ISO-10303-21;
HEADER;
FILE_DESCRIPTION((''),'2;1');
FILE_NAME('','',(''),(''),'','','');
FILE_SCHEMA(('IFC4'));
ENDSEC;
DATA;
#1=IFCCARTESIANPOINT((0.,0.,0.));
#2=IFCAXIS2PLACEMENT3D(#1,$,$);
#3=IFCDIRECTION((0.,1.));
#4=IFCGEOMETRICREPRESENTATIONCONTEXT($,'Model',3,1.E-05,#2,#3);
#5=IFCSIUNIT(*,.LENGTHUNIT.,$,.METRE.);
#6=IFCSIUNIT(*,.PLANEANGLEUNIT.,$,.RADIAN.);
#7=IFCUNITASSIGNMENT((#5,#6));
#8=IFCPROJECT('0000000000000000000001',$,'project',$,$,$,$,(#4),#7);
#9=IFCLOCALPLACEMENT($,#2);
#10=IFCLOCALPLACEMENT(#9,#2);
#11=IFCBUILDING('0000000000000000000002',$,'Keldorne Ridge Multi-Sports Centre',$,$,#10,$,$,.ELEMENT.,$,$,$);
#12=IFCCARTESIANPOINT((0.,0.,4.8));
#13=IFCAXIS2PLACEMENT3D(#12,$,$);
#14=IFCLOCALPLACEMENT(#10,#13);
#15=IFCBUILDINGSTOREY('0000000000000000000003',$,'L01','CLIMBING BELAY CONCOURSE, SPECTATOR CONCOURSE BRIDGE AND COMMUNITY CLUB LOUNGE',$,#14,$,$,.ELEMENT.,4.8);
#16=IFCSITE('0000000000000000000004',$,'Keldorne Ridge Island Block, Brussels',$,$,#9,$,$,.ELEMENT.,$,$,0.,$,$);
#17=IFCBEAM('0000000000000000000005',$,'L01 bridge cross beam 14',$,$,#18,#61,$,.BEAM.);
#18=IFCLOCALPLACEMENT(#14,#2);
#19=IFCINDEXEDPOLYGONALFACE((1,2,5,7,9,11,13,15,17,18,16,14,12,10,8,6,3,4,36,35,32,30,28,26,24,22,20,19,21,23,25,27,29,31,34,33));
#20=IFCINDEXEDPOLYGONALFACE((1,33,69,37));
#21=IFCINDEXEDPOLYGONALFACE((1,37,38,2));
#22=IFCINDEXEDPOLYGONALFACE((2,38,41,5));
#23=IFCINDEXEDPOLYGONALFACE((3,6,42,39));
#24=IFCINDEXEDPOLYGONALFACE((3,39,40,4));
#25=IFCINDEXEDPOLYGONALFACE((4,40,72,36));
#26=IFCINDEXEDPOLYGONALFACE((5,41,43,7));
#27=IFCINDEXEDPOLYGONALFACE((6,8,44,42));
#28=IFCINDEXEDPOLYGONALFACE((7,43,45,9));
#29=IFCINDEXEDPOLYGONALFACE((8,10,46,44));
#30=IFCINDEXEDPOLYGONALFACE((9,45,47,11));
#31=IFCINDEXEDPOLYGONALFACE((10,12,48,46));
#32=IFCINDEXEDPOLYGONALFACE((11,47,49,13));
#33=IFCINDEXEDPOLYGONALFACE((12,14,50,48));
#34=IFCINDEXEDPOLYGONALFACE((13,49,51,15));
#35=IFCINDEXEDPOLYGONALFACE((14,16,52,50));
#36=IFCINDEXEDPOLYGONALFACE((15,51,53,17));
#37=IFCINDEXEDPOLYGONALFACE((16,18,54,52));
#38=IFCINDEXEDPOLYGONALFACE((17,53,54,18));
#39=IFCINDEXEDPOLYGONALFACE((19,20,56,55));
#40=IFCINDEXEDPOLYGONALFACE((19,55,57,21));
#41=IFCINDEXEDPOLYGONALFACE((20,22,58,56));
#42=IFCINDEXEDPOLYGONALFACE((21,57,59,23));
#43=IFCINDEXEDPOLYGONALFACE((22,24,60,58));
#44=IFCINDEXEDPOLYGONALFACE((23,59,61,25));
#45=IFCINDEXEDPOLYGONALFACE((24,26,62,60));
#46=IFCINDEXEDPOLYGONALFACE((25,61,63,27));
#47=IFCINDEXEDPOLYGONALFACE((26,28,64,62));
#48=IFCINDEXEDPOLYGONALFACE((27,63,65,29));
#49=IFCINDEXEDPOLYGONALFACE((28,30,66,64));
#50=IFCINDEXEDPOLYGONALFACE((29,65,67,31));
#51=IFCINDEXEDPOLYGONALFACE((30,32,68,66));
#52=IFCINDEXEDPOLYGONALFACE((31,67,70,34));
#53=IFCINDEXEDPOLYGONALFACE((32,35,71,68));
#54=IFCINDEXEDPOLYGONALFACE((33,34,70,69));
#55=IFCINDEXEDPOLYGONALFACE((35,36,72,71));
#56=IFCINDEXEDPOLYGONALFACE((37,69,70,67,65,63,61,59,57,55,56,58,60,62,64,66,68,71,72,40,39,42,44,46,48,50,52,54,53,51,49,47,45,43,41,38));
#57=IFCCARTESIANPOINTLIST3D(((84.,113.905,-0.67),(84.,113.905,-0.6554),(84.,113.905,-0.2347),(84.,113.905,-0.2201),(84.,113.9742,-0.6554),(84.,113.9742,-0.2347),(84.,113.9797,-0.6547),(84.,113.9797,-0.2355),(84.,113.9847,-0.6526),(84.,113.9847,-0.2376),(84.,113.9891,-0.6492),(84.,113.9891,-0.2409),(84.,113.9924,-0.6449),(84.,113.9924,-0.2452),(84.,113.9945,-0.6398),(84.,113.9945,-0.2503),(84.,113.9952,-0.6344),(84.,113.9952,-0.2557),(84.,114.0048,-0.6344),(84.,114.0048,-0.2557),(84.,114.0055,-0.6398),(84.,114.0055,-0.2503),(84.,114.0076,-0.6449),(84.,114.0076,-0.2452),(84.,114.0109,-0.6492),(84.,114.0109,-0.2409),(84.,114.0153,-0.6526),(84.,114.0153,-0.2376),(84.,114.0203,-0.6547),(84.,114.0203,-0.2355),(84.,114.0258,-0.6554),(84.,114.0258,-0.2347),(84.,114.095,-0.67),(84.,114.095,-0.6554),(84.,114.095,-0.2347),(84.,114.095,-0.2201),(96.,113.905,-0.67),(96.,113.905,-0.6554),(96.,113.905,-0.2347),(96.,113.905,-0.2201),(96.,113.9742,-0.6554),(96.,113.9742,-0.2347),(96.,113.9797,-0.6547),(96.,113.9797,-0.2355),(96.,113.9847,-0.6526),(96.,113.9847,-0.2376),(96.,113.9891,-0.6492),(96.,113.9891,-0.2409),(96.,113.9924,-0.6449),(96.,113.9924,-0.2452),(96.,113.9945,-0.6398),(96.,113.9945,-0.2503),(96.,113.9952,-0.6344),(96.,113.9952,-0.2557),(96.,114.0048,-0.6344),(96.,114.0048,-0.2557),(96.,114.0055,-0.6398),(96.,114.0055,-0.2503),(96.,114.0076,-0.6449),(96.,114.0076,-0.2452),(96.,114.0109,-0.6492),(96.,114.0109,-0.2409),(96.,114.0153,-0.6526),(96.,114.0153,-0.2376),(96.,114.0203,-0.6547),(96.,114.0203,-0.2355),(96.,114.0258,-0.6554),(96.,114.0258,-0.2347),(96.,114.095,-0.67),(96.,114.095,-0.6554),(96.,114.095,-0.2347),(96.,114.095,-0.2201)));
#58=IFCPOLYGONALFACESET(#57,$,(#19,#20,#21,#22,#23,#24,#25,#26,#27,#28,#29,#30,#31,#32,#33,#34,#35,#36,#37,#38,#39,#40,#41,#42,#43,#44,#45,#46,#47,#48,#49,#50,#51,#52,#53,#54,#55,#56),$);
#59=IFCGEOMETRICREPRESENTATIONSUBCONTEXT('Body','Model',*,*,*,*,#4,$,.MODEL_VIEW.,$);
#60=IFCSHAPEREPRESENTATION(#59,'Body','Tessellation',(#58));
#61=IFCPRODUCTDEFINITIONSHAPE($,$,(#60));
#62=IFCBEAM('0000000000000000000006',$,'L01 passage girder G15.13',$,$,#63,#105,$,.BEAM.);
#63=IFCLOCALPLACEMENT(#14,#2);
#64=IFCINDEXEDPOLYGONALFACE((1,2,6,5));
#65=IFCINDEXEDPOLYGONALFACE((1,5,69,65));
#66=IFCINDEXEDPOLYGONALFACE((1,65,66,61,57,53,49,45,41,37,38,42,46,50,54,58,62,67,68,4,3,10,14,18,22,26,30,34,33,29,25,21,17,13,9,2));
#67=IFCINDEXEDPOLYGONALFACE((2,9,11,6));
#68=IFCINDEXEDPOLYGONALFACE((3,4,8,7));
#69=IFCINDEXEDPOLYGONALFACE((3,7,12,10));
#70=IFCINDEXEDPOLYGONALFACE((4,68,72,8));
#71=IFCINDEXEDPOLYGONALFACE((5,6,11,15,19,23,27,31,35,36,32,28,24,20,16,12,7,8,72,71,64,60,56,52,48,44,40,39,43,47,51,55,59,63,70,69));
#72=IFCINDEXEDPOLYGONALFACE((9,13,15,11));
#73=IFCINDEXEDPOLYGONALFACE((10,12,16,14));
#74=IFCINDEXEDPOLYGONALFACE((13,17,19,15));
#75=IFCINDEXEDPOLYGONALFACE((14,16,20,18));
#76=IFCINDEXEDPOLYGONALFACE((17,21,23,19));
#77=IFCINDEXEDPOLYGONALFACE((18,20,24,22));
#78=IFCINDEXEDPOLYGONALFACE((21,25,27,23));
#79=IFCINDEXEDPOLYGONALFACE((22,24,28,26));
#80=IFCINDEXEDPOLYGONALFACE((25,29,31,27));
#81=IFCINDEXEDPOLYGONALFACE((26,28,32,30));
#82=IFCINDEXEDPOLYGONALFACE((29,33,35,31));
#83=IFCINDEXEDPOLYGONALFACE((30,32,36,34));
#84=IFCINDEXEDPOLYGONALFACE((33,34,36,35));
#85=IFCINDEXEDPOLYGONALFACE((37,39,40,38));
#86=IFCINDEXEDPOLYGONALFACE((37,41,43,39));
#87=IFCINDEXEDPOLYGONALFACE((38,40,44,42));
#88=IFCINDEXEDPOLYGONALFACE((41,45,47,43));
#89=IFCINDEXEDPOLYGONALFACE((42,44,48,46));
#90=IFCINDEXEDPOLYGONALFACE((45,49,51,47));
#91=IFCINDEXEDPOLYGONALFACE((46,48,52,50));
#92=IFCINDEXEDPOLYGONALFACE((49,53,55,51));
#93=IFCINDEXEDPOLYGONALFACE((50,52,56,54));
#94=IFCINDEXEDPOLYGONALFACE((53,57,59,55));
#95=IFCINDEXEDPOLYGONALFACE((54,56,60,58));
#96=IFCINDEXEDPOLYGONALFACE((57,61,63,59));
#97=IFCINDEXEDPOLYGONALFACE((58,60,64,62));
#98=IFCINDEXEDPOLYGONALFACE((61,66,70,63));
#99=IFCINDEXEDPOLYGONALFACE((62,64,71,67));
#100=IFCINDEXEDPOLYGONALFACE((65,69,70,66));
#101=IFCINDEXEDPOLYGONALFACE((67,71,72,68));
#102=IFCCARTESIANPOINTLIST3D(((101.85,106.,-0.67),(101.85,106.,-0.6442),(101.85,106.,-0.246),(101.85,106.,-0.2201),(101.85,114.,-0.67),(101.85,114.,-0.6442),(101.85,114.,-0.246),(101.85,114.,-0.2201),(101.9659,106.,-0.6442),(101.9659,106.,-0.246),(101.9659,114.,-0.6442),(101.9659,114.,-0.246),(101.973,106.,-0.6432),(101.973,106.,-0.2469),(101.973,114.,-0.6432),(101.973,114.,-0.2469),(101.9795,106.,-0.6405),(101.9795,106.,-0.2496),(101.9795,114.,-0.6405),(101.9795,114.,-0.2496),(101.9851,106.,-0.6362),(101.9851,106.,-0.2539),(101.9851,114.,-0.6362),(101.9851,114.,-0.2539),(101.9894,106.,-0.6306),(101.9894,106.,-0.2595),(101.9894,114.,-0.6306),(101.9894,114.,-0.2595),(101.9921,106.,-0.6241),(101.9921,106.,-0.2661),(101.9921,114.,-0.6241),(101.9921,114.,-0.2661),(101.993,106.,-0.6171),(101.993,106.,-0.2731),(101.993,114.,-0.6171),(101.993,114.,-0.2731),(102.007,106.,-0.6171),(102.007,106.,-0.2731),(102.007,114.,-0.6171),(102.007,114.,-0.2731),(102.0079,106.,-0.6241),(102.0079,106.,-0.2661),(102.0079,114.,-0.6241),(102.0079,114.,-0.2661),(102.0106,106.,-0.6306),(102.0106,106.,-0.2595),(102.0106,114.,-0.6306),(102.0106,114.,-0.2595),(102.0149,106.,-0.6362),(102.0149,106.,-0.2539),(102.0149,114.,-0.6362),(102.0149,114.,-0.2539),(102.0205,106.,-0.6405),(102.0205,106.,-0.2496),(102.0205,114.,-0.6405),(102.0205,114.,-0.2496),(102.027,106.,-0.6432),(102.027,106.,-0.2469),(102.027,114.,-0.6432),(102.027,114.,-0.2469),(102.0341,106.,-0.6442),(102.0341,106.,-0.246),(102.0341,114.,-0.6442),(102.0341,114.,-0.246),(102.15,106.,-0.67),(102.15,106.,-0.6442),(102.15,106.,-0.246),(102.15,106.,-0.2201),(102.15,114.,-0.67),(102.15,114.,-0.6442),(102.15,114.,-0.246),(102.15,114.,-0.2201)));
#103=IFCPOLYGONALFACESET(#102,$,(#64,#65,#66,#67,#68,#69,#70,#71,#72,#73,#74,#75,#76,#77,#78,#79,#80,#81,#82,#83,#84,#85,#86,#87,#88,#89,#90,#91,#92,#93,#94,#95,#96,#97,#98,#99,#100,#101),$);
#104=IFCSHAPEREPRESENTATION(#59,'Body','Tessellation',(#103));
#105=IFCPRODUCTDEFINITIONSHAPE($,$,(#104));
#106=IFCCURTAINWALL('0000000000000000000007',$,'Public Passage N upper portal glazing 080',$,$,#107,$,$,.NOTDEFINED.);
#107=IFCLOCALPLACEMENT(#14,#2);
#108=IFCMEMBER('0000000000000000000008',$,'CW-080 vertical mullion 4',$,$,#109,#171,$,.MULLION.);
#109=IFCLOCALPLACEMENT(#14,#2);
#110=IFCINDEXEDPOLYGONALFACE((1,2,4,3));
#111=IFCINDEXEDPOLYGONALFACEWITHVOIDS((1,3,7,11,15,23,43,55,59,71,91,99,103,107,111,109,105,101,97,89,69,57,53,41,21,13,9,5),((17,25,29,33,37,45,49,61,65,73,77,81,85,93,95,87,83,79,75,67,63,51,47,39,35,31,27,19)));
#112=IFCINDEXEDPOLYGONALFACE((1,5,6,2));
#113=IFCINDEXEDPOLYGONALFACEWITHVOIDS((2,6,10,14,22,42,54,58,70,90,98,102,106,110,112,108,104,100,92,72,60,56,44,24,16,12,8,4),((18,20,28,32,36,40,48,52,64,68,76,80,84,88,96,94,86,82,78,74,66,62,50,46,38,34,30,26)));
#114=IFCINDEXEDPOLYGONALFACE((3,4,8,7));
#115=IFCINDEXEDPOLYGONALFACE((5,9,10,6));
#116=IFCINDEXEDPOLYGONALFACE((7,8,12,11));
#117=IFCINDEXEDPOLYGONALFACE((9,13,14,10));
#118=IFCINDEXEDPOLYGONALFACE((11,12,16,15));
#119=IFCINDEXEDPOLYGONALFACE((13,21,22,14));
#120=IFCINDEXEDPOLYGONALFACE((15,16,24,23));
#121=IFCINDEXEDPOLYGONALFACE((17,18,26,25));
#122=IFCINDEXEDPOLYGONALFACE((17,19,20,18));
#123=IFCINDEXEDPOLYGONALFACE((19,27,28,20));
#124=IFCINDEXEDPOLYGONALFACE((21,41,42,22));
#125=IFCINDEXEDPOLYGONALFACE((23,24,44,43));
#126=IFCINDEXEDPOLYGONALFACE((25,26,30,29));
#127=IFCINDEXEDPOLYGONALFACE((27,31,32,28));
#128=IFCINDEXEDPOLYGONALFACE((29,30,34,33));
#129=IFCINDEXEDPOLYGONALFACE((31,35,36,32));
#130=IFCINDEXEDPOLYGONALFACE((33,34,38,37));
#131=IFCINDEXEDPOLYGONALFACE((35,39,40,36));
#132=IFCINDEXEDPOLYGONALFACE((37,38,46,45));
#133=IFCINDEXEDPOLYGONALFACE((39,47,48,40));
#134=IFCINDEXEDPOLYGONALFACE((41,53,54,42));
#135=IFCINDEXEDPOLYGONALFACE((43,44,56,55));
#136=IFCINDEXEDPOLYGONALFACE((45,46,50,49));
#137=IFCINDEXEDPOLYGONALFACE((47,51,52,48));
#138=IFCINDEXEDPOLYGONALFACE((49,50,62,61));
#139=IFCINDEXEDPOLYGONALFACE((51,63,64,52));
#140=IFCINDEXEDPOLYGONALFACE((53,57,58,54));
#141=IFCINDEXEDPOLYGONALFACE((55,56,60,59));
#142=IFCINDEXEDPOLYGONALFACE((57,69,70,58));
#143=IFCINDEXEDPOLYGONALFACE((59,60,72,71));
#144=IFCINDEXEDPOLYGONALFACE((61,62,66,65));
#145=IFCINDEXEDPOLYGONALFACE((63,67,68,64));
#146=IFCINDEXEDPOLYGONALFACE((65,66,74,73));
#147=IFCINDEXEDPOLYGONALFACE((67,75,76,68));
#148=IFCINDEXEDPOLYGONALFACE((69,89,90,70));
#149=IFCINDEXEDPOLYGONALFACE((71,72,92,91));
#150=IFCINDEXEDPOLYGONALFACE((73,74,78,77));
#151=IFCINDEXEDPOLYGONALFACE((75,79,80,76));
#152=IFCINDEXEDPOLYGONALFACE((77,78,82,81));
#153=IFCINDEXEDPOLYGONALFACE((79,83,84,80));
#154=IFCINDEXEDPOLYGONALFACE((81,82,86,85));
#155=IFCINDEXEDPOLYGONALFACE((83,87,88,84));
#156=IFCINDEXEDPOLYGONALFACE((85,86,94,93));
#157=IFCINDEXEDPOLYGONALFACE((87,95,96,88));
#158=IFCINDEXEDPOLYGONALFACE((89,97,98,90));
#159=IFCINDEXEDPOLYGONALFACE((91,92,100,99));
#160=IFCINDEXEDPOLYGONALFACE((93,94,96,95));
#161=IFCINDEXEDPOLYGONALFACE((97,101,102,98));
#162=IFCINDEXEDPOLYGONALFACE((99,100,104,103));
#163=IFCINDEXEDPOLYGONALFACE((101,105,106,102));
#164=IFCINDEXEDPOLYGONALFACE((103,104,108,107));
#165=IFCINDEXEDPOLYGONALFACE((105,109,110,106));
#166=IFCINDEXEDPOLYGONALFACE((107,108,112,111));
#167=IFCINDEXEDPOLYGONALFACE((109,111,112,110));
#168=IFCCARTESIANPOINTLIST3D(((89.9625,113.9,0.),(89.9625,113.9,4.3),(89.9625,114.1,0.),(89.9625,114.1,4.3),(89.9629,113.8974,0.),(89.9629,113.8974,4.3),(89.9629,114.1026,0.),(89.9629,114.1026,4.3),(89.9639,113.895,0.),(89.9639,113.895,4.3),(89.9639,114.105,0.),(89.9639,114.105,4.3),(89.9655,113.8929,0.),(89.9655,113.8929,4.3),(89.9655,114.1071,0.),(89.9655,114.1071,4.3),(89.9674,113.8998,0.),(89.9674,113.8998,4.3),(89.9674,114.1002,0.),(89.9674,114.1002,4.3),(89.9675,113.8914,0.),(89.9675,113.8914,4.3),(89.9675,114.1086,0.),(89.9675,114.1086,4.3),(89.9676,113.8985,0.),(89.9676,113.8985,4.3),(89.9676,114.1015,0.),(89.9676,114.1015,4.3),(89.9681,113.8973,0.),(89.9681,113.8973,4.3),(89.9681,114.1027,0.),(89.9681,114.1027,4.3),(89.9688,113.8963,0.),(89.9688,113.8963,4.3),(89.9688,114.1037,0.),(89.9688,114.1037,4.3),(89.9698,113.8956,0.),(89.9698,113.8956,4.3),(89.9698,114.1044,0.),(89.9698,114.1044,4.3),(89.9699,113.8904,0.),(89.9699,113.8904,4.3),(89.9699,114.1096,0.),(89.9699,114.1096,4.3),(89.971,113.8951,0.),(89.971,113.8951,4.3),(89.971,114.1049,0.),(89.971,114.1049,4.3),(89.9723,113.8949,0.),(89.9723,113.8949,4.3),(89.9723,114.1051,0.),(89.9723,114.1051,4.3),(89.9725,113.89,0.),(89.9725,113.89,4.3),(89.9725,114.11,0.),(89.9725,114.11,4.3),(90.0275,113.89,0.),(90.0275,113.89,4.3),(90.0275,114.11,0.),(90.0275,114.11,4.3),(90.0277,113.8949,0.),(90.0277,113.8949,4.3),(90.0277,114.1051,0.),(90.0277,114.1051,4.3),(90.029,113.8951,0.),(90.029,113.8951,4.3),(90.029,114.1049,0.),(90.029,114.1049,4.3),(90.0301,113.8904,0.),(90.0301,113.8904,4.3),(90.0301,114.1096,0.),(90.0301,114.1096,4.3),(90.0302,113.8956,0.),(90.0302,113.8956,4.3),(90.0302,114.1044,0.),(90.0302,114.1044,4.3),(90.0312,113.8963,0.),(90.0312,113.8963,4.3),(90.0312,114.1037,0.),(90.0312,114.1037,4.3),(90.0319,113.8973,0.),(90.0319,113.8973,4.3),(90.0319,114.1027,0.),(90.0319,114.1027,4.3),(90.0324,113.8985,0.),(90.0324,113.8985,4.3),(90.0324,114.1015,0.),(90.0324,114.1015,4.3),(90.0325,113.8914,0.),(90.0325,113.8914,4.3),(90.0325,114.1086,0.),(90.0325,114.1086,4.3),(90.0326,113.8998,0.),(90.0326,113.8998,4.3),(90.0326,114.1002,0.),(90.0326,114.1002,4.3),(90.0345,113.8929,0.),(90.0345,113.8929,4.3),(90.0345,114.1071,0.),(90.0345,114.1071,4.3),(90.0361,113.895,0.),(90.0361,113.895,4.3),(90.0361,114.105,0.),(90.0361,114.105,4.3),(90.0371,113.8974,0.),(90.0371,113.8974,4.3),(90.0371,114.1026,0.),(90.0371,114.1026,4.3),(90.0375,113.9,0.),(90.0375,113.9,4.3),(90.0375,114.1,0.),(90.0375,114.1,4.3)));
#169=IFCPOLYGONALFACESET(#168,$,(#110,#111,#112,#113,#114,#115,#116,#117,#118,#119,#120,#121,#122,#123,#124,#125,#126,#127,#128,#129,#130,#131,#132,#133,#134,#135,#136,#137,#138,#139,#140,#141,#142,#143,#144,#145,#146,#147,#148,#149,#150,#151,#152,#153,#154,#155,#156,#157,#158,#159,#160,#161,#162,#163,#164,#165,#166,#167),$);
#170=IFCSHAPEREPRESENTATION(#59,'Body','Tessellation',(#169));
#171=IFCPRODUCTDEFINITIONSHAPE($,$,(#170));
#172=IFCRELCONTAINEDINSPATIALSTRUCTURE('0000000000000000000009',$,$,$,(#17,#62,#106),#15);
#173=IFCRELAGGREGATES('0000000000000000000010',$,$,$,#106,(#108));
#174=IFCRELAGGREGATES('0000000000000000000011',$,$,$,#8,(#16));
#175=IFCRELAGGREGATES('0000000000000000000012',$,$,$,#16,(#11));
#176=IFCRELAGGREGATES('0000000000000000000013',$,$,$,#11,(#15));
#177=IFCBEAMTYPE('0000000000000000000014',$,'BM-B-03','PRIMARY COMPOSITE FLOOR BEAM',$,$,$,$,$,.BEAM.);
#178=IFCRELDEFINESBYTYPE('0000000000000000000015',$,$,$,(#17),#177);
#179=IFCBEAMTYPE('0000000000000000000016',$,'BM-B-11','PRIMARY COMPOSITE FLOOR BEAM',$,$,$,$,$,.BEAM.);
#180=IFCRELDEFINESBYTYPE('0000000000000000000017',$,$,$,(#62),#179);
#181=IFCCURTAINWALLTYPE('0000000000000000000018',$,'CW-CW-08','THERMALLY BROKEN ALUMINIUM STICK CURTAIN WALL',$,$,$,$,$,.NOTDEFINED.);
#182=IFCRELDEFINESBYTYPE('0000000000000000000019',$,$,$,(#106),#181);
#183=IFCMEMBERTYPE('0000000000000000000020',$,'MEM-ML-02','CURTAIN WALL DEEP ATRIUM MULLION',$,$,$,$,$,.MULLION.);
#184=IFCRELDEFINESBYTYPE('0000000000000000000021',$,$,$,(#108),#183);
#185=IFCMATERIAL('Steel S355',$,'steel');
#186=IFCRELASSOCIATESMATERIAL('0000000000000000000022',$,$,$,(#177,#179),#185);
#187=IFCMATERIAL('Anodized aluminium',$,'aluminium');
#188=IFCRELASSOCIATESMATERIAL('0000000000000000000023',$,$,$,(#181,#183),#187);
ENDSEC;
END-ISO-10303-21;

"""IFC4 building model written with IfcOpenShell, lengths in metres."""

from ifc_helpers import new_model, si_unit, direction, frame, origin, origin_2d, place, context, subcontext, project, spatial, hollow_rectangle, i_section, extrude, material, material_profile, profile_set, type_object, element, aggregate, save


model = new_model("IFC4")

# Units and contexts
model_context = context("Model", 3, precision=1e-05, world=origin(), true_north=direction((0.0, 1.0)))
body_context = subcontext(model_context, "Body", "Model", "MODEL_VIEW")
ifc_project = project(units=[si_unit("LENGTHUNIT", "METRE"), si_unit("PLANEANGLEUNIT", "RADIAN")], contexts=[model_context])

# Site, building, storey
site_placement = place(None, origin())
site = spatial("IfcSite", under=ifc_project, at=site_placement, Name="Keldorne Ridge Island Block, Brussels", CompositionType="ELEMENT", RefElevation=0.0)
building_placement = place(site_placement, origin())
building = spatial("IfcBuilding", under=site, at=building_placement, Name="Keldorne Ridge Multi-Sports Centre", CompositionType="ELEMENT")
storey_placement = place(building_placement, frame((0.0, 0.0, 4.8)))
storey = spatial("IfcBuildingStorey", under=building, at=storey_placement, Name="L01", Description="CLIMBING BELAY CONCOURSE, SPECTATOR CONCOURSE BRIDGE AND COMMUNITY CLUB LOUNGE", CompositionType="ELEMENT", Elevation=4.8)

# Shared definitions
ifc_material_1 = material(Name="Steel S355", Category="steel")

# Beams
ifc_material_profile_1 = material_profile(ifc_material_1, i_section(OverallWidth=0.1899, OverallDepth=0.45, WebThickness=0.0095, FlangeThickness=0.0146, FilletRadius=0.021, at=origin_2d()), Name="IPE 450")
ifc_profile_set_1 = profile_set([ifc_material_profile_1], Name="Steel S355")
beam_type_1 = type_object("IfcBeamType", Name="BM-B-03", Description="PRIMARY COMPOSITE FLOOR BEAM", PredefinedType="BEAM", material=ifc_profile_set_1)
beam_1_placement = place(storey_placement, frame((84.0, 114.0, -0.4451), z_axis=(1.0, 0.0, 0.0), x_axis=(0.0, 1.0, 0.0)))
element("IfcBeam", 1, at=beam_1_placement, inside=storey, type_object=beam_type_1, Name="L01 bridge cross beam 14", PredefinedType="BEAM", context=body_context, shape_type="SweptSolid", body=[
    extrude(i_section(OverallWidth=0.1899, OverallDepth=0.45, WebThickness=0.0095, FlangeThickness=0.0146, FilletRadius=0.021, at=origin_2d()), origin(), (0.0, 0.0, 1.0), 12.0),
])
ifc_material_profile_2 = material_profile(ifc_material_1, i_section(OverallWidth=0.3, OverallDepth=0.45, WebThickness=0.0139, FlangeThickness=0.0259, FilletRadius=0.0271, at=origin_2d()), Name="HEB 450")
ifc_profile_set_2 = profile_set([ifc_material_profile_2], Name="Steel S355")
beam_type_2 = type_object("IfcBeamType", Name="BM-B-11", Description="PRIMARY COMPOSITE FLOOR BEAM", PredefinedType="BEAM", material=ifc_profile_set_2)
beam_2_placement = place(storey_placement, frame((102.0, 106.0, -0.4451), z_axis=(0.0, 1.0, 0.0), x_axis=(-1.0, 0.0, 0.0)))
element("IfcBeam", 2, at=beam_2_placement, inside=storey, type_object=beam_type_2, Name="L01 passage girder G15.13", PredefinedType="BEAM", context=body_context, shape_type="SweptSolid", body=[
    extrude(i_section(OverallWidth=0.3, OverallDepth=0.45, WebThickness=0.0139, FlangeThickness=0.0259, FilletRadius=0.0271, at=origin_2d()), origin(), (0.0, 0.0, 1.0), 8.0),
])

# Curtain wall, member
ifc_material_2 = material(Name="Anodized aluminium", Category="aluminium")
curtain_wall_type = type_object("IfcCurtainWallType", Name="CW-CW-08", Description="THERMALLY BROKEN ALUMINIUM STICK CURTAIN WALL", PredefinedType="NOTDEFINED", material=ifc_material_2)
curtain_wall_placement = place(storey_placement, origin())
curtain_wall = element("IfcCurtainWall", 3, at=curtain_wall_placement, inside=storey, type_object=curtain_wall_type, Name="Public Passage N upper portal glazing 080", PredefinedType="NOTDEFINED")
ifc_material_profile_3 = material_profile(ifc_material_2, hollow_rectangle(XDim=0.075, YDim=0.22, WallThickness=0.0049, InnerFilletRadius=0.0049, OuterFilletRadius=0.01, at=origin_2d()), Name="ALU MULLION 220x75x5")
ifc_profile_set_3 = profile_set([ifc_material_profile_3], Name="Anodized aluminium")
member_type_1 = type_object("IfcMemberType", Name="MEM-ML-02", Description="CURTAIN WALL DEEP ATRIUM MULLION", PredefinedType="MULLION", material=ifc_profile_set_3)
member_1_placement = place(storey_placement, frame((90.0, 114.0, 0.0), z_axis=(0.0, 0.0, 1.0), x_axis=(1.0, 0.0, 0.0)))
member_1 = element("IfcMember", 4, at=member_1_placement, type_object=member_type_1, Name="CW-080 vertical mullion 4", PredefinedType="MULLION", context=body_context, shape_type="SweptSolid", body=[
    extrude(hollow_rectangle(XDim=0.075, YDim=0.22, WallThickness=0.0049, InnerFilletRadius=0.0049, OuterFilletRadius=0.01, at=origin_2d()), origin(), (0.0, 0.0, 1.0), 4.3),
])
aggregate(curtain_wall, [member_1])

save(model, "model.ifc")
